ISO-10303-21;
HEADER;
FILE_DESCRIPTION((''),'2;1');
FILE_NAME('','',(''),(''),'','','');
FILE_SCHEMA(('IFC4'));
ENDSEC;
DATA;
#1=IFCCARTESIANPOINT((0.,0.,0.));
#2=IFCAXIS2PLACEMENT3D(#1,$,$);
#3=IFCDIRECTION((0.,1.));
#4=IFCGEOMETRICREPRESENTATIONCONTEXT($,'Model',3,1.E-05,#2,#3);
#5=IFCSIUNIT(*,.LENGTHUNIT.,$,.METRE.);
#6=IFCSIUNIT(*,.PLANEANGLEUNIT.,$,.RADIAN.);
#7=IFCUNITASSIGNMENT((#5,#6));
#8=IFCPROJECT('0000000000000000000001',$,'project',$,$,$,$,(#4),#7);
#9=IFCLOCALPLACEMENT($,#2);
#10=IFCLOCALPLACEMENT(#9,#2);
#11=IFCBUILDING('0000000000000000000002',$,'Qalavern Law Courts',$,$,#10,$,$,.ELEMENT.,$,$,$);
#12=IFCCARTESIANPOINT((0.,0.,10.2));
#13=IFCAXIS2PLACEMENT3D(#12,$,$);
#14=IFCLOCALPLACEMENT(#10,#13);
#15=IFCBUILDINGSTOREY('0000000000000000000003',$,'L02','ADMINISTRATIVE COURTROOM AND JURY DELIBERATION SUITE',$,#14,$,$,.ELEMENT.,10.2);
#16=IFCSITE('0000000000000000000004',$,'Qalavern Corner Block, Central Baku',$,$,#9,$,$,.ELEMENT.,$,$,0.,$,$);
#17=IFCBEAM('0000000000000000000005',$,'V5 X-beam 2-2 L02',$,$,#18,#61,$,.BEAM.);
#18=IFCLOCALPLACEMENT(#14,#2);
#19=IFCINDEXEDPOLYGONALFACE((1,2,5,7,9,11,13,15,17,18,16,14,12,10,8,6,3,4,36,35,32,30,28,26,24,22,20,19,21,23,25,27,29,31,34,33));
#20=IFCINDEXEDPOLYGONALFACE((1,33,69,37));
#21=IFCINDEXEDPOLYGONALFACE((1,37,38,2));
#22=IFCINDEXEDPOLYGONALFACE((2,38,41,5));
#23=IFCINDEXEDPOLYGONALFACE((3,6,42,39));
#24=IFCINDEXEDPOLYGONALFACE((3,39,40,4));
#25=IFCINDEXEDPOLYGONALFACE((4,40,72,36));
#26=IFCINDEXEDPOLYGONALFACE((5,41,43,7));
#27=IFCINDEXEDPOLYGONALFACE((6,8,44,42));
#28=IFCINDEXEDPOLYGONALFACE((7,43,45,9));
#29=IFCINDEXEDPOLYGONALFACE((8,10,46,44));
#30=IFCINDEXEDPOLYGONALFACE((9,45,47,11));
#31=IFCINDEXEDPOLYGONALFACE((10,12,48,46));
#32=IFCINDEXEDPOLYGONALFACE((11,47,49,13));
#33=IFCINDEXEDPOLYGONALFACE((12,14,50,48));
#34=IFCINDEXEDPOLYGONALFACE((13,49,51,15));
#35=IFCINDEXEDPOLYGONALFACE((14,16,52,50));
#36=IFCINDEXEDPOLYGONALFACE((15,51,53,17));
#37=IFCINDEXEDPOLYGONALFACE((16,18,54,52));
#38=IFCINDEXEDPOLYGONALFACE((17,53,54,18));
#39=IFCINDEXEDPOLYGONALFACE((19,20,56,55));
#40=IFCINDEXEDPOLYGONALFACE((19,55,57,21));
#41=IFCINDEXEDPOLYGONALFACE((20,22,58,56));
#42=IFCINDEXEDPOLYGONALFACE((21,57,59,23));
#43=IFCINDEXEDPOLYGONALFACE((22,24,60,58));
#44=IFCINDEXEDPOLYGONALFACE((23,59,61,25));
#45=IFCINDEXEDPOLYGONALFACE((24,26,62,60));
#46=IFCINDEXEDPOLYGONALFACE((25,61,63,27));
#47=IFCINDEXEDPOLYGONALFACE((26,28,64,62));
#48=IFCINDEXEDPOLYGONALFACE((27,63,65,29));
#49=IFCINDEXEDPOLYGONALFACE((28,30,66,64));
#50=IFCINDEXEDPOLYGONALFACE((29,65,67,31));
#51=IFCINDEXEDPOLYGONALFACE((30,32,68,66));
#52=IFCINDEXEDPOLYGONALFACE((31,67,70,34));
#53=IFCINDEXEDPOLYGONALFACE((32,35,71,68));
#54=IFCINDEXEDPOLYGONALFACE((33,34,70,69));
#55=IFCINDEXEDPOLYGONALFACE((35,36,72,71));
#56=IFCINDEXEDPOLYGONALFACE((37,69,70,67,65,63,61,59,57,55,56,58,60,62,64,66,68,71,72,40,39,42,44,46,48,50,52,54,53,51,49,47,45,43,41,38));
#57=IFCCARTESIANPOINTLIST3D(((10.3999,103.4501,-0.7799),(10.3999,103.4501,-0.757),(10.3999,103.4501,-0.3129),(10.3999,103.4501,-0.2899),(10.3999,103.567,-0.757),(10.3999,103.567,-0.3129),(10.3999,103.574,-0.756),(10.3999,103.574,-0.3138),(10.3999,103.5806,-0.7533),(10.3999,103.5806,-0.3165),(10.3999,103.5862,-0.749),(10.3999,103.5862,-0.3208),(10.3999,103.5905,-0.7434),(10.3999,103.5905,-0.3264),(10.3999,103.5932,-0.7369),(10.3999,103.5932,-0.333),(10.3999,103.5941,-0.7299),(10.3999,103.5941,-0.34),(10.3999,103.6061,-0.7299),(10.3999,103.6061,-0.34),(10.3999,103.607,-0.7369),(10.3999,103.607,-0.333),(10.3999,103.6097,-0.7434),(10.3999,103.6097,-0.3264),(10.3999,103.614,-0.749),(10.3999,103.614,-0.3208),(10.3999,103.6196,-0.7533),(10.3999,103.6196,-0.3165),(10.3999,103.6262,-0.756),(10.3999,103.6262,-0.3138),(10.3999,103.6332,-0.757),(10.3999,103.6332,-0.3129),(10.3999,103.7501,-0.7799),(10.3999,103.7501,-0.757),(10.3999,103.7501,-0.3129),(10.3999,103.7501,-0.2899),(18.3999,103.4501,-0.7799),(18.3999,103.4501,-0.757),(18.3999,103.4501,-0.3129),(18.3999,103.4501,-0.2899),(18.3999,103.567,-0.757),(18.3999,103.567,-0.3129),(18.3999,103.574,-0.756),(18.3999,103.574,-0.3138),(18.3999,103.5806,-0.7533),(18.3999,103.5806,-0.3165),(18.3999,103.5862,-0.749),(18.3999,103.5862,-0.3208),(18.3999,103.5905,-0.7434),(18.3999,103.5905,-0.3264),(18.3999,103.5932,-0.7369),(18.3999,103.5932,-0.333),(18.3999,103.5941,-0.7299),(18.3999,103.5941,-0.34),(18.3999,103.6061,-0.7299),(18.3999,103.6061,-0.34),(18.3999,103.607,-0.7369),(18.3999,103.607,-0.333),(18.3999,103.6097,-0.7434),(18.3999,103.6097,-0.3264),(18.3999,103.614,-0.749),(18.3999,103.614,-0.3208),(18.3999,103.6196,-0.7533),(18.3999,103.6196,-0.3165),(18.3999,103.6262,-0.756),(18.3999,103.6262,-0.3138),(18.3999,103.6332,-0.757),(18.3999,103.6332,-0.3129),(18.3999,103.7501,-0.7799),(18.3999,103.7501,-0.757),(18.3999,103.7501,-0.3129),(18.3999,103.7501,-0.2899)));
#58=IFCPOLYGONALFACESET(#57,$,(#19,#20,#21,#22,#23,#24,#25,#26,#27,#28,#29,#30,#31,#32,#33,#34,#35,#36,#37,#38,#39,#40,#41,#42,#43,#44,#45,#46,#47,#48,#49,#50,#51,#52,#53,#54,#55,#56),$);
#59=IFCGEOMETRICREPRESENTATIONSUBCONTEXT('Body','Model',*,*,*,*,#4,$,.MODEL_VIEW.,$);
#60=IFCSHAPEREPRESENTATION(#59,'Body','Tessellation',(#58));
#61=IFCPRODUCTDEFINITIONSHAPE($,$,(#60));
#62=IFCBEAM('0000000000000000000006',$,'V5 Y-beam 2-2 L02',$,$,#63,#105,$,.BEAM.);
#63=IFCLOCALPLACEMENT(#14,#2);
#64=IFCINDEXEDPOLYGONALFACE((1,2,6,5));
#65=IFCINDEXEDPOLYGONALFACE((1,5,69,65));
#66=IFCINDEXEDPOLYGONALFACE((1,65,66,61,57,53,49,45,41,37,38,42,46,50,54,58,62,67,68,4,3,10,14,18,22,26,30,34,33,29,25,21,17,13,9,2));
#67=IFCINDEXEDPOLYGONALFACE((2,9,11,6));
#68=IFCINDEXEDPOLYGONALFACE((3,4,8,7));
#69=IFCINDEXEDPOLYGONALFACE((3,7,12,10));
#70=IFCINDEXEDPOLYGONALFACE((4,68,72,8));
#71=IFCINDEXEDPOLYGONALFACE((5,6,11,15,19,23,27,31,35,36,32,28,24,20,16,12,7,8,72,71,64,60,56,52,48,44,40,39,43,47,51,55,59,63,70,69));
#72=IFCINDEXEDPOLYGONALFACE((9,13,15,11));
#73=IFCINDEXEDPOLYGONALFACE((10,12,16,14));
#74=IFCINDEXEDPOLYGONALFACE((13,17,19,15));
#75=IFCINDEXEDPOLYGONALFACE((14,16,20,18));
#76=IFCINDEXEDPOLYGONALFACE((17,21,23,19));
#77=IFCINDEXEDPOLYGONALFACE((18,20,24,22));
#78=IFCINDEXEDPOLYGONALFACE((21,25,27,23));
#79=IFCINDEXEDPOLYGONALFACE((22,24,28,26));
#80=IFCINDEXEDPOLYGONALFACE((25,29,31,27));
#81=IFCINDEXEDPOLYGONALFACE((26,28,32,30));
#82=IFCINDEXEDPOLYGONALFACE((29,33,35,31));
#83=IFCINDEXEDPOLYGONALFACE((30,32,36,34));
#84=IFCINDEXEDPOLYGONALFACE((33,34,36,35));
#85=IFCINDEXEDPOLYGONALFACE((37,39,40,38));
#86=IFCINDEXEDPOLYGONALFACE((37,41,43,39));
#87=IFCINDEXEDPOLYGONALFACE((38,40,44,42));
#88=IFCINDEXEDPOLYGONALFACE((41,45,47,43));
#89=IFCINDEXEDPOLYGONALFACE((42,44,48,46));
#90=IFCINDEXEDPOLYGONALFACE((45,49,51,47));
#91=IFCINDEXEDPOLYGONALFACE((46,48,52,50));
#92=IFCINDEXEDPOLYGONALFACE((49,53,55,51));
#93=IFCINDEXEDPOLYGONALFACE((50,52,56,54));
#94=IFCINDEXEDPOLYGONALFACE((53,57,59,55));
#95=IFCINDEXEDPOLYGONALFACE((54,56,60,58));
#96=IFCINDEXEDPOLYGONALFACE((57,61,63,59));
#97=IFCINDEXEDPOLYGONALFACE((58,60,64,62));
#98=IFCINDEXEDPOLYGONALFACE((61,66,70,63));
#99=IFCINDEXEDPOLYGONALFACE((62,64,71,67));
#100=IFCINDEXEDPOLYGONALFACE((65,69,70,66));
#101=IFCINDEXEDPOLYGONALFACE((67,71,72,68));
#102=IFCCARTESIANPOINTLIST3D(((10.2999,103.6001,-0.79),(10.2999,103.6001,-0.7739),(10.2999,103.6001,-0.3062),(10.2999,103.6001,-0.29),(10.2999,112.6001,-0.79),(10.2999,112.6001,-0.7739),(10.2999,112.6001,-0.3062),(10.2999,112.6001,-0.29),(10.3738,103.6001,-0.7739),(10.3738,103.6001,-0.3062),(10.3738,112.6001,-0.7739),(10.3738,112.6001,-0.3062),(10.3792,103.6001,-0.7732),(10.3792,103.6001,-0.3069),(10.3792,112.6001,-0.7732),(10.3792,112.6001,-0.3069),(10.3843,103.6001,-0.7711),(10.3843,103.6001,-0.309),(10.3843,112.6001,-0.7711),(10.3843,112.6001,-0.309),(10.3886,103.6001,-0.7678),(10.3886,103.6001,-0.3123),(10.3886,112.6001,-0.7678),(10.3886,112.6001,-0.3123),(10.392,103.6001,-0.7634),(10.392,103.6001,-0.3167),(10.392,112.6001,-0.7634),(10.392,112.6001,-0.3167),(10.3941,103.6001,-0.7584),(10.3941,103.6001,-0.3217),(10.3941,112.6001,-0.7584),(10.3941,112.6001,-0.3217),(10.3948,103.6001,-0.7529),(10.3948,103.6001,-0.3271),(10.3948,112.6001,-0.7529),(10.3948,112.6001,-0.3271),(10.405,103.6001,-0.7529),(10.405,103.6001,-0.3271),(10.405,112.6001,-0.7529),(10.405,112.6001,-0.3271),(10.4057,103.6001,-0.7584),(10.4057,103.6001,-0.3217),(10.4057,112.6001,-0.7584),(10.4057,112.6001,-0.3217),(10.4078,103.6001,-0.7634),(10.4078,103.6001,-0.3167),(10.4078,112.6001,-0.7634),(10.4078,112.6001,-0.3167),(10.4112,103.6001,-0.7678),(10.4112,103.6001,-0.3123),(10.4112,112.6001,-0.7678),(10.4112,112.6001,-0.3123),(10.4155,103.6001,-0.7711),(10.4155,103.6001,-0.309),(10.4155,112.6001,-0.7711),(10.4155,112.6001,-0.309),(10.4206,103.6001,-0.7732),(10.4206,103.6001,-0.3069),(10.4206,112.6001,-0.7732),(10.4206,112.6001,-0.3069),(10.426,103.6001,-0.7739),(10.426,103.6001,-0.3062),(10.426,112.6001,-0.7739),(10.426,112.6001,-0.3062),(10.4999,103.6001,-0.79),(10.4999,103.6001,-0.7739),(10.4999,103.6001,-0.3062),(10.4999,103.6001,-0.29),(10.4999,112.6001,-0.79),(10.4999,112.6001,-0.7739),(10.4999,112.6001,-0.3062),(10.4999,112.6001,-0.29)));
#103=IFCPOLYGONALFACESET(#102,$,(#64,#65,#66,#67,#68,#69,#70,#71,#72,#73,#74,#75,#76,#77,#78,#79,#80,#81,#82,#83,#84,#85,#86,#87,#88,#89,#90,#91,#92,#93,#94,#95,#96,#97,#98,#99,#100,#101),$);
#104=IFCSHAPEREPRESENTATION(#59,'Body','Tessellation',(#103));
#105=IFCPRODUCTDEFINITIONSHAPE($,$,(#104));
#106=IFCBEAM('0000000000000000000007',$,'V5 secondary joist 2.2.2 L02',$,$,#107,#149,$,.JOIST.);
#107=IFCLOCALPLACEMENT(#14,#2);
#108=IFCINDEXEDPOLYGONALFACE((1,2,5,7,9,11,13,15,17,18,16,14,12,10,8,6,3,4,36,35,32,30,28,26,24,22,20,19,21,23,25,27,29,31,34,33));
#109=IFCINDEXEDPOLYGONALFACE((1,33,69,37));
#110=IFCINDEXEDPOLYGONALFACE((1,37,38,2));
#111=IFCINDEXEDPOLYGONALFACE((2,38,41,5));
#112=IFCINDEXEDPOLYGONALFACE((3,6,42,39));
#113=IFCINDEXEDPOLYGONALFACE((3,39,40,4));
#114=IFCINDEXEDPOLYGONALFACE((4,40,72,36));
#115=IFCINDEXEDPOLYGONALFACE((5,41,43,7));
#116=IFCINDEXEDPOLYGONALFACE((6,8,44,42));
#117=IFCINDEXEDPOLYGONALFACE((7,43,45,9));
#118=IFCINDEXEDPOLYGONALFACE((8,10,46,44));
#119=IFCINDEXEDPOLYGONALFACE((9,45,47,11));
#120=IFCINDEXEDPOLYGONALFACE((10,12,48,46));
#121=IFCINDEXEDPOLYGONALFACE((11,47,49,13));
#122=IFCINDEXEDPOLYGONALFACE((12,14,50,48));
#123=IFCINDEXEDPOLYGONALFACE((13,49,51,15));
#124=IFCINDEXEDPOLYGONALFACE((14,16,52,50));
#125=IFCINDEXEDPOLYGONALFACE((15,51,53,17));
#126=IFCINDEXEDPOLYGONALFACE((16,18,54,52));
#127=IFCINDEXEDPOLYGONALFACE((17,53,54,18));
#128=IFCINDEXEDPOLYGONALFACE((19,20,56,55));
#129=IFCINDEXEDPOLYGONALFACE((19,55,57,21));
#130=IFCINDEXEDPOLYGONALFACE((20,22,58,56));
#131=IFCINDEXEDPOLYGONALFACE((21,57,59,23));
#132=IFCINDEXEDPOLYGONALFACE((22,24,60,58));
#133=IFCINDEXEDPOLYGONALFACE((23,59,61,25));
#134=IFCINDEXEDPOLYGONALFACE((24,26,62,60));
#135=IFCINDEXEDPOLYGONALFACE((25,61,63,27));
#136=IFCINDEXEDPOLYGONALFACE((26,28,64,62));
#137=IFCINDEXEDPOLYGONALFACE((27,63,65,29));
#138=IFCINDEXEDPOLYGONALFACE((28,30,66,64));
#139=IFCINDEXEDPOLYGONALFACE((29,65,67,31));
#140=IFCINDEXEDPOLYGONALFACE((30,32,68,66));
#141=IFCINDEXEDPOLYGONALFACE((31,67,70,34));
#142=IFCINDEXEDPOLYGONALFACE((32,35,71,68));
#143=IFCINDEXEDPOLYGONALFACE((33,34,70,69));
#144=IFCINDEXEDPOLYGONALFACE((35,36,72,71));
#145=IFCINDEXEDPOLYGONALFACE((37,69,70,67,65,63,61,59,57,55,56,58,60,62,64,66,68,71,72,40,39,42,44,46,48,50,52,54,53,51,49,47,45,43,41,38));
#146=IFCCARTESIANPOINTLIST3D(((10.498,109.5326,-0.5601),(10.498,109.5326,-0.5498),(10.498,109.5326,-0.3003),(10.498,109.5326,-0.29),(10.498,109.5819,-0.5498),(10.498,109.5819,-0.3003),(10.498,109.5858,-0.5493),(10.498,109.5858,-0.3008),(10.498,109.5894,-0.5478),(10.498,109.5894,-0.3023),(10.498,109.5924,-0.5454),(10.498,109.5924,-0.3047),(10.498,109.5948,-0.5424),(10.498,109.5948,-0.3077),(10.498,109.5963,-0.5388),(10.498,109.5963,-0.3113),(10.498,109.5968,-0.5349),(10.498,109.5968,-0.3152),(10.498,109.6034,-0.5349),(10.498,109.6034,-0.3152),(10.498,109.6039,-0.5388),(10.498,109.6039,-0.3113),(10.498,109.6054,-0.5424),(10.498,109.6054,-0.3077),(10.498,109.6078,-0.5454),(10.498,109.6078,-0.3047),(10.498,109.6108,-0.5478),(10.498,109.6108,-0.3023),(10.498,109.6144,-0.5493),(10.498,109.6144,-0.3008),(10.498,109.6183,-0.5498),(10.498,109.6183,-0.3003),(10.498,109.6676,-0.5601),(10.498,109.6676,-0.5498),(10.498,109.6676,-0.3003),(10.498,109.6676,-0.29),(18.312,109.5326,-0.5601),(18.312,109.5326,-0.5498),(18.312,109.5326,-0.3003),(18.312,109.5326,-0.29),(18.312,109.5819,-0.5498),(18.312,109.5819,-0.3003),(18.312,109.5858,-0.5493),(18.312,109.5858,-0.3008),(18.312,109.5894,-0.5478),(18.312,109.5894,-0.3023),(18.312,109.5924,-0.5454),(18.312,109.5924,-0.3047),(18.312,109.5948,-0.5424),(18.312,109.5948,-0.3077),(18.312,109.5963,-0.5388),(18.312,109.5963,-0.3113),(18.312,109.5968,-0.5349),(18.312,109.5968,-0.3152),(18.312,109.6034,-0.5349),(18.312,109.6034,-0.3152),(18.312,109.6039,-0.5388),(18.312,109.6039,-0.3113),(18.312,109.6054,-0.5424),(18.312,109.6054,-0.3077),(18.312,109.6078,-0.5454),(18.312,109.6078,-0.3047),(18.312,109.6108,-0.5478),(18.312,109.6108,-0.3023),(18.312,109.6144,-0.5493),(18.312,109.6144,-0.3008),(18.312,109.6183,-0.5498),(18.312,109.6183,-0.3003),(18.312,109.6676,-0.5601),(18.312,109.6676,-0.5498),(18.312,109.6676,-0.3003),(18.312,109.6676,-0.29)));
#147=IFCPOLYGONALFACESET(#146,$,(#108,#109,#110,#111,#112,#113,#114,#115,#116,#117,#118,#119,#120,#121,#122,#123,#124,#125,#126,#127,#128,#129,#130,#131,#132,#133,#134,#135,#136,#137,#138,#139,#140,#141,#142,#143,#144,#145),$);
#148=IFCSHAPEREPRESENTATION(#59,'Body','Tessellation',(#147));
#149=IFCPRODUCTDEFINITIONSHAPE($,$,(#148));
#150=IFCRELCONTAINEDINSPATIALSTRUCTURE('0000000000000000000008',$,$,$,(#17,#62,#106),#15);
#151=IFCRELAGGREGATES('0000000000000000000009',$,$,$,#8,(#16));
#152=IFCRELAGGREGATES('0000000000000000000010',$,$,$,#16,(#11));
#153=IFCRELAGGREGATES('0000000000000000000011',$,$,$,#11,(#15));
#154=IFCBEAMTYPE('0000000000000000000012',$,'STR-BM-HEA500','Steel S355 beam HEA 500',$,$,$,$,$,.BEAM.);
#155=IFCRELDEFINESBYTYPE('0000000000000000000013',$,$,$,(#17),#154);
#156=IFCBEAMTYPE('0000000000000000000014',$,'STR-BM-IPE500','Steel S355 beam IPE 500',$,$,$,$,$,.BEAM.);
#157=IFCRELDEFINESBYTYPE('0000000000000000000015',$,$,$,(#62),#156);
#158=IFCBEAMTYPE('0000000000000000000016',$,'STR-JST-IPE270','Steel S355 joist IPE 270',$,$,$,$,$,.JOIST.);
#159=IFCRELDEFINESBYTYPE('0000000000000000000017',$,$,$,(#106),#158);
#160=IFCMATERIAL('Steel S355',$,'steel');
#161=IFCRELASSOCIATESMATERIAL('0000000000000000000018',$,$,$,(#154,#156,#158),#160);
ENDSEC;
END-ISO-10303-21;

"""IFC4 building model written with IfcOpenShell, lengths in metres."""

from ifc_helpers import new_model, si_unit, direction, frame, origin, origin_2d, place, context, subcontext, project, spatial, i_section, extrude, material, material_profile, profile_set, type_object, element, save


model = new_model("IFC4")

# Units and contexts
model_context = context("Model", 3, precision=1e-05, world=origin(), true_north=direction((0.0, 1.0)))
body_context = subcontext(model_context, "Body", "Model", "MODEL_VIEW")
ifc_project = project(units=[si_unit("LENGTHUNIT", "METRE"), si_unit("PLANEANGLEUNIT", "RADIAN")], contexts=[model_context])

# Site, building, storey
site_placement = place(None, origin())
site = spatial("IfcSite", under=ifc_project, at=site_placement, Name="Qalavern Corner Block, Central Baku", CompositionType="ELEMENT", RefElevation=0.0)
building_placement = place(site_placement, origin())
building = spatial("IfcBuilding", under=site, at=building_placement, Name="Qalavern Law Courts", CompositionType="ELEMENT")
storey_placement = place(building_placement, frame((0.0, 0.0, 10.2)))
storey = spatial("IfcBuildingStorey", under=building, at=storey_placement, Name="L02", Description="ADMINISTRATIVE COURTROOM AND JURY DELIBERATION SUITE", CompositionType="ELEMENT", Elevation=10.2)

# Beams
ifc_material_1 = material(Name="Steel S355", Category="steel")
ifc_material_profile_1 = material_profile(ifc_material_1, i_section(OverallWidth=0.3, OverallDepth=0.49, WebThickness=0.012, FlangeThickness=0.0229, FilletRadius=0.0271, at=origin_2d()), Name="HEA 500")
ifc_profile_set_1 = profile_set([ifc_material_profile_1], Name="Steel S355")
beam_type_1 = type_object("IfcBeamType", Name="STR-BM-HEA500", Description="Steel S355 beam HEA 500", PredefinedType="BEAM", material=ifc_profile_set_1)
beam_1_placement = place(storey_placement, frame((10.3999, 103.6001, -0.5349), z_axis=(1.0, 0.0, 0.0), x_axis=(0.0, 1.0, 0.0)))
element("IfcBeam", 1, at=beam_1_placement, inside=storey, type_object=beam_type_1, Name="V5 X-beam 2-2 L02", PredefinedType="BEAM", context=body_context, shape_type="SweptSolid", body=[
    extrude(i_section(OverallWidth=0.3, OverallDepth=0.49, WebThickness=0.012, FlangeThickness=0.0229, FilletRadius=0.0271, at=origin_2d()), origin(), (0.0, 0.0, 1.0), 8.0),
])
ifc_material_profile_2 = material_profile(ifc_material_1, i_section(OverallWidth=0.2, OverallDepth=0.5, WebThickness=0.0103, FlangeThickness=0.0161, FilletRadius=0.021, at=origin_2d()), Name="IPE 500")
ifc_profile_set_2 = profile_set([ifc_material_profile_2], Name="Steel S355")
beam_type_2 = type_object("IfcBeamType", Name="STR-BM-IPE500", Description="Steel S355 beam IPE 500", PredefinedType="BEAM", material=ifc_profile_set_2)
beam_2_placement = place(storey_placement, frame((10.3999, 103.6001, -0.54), z_axis=(0.0, 1.0, 0.0), x_axis=(-1.0, 0.0, 0.0)))
element("IfcBeam", 2, at=beam_2_placement, inside=storey, type_object=beam_type_2, Name="V5 Y-beam 2-2 L02", PredefinedType="BEAM", context=body_context, shape_type="SweptSolid", body=[
    extrude(i_section(OverallWidth=0.2, OverallDepth=0.5, WebThickness=0.0103, FlangeThickness=0.0161, FilletRadius=0.021, at=origin_2d()), origin(), (0.0, 0.0, 1.0), 9.0),
])
ifc_material_profile_3 = material_profile(ifc_material_1, i_section(OverallWidth=0.135, OverallDepth=0.27, WebThickness=0.0066, FlangeThickness=0.0103, FilletRadius=0.0149, at=origin_2d()), Name="IPE 270")
ifc_profile_set_3 = profile_set([ifc_material_profile_3], Name="Steel S355")
beam_type_3 = type_object("IfcBeamType", Name="STR-JST-IPE270", Description="Steel S355 joist IPE 270", PredefinedType="JOIST", material=ifc_profile_set_3)
beam_3_placement = place(storey_placement, frame((10.498, 109.6001, -0.425), z_axis=(1.0, 0.0, 0.0), x_axis=(0.0, 1.0, 0.0)))
element("IfcBeam", 3, at=beam_3_placement, inside=storey, type_object=beam_type_3, Name="V5 secondary joist 2.2.2 L02", PredefinedType="JOIST", context=body_context, shape_type="SweptSolid", body=[
    extrude(i_section(OverallWidth=0.135, OverallDepth=0.27, WebThickness=0.0066, FlangeThickness=0.0103, FilletRadius=0.0149, at=origin_2d()), origin(), (0.0, 0.0, 1.0), 7.814),
])

save(model, "model.ifc")
